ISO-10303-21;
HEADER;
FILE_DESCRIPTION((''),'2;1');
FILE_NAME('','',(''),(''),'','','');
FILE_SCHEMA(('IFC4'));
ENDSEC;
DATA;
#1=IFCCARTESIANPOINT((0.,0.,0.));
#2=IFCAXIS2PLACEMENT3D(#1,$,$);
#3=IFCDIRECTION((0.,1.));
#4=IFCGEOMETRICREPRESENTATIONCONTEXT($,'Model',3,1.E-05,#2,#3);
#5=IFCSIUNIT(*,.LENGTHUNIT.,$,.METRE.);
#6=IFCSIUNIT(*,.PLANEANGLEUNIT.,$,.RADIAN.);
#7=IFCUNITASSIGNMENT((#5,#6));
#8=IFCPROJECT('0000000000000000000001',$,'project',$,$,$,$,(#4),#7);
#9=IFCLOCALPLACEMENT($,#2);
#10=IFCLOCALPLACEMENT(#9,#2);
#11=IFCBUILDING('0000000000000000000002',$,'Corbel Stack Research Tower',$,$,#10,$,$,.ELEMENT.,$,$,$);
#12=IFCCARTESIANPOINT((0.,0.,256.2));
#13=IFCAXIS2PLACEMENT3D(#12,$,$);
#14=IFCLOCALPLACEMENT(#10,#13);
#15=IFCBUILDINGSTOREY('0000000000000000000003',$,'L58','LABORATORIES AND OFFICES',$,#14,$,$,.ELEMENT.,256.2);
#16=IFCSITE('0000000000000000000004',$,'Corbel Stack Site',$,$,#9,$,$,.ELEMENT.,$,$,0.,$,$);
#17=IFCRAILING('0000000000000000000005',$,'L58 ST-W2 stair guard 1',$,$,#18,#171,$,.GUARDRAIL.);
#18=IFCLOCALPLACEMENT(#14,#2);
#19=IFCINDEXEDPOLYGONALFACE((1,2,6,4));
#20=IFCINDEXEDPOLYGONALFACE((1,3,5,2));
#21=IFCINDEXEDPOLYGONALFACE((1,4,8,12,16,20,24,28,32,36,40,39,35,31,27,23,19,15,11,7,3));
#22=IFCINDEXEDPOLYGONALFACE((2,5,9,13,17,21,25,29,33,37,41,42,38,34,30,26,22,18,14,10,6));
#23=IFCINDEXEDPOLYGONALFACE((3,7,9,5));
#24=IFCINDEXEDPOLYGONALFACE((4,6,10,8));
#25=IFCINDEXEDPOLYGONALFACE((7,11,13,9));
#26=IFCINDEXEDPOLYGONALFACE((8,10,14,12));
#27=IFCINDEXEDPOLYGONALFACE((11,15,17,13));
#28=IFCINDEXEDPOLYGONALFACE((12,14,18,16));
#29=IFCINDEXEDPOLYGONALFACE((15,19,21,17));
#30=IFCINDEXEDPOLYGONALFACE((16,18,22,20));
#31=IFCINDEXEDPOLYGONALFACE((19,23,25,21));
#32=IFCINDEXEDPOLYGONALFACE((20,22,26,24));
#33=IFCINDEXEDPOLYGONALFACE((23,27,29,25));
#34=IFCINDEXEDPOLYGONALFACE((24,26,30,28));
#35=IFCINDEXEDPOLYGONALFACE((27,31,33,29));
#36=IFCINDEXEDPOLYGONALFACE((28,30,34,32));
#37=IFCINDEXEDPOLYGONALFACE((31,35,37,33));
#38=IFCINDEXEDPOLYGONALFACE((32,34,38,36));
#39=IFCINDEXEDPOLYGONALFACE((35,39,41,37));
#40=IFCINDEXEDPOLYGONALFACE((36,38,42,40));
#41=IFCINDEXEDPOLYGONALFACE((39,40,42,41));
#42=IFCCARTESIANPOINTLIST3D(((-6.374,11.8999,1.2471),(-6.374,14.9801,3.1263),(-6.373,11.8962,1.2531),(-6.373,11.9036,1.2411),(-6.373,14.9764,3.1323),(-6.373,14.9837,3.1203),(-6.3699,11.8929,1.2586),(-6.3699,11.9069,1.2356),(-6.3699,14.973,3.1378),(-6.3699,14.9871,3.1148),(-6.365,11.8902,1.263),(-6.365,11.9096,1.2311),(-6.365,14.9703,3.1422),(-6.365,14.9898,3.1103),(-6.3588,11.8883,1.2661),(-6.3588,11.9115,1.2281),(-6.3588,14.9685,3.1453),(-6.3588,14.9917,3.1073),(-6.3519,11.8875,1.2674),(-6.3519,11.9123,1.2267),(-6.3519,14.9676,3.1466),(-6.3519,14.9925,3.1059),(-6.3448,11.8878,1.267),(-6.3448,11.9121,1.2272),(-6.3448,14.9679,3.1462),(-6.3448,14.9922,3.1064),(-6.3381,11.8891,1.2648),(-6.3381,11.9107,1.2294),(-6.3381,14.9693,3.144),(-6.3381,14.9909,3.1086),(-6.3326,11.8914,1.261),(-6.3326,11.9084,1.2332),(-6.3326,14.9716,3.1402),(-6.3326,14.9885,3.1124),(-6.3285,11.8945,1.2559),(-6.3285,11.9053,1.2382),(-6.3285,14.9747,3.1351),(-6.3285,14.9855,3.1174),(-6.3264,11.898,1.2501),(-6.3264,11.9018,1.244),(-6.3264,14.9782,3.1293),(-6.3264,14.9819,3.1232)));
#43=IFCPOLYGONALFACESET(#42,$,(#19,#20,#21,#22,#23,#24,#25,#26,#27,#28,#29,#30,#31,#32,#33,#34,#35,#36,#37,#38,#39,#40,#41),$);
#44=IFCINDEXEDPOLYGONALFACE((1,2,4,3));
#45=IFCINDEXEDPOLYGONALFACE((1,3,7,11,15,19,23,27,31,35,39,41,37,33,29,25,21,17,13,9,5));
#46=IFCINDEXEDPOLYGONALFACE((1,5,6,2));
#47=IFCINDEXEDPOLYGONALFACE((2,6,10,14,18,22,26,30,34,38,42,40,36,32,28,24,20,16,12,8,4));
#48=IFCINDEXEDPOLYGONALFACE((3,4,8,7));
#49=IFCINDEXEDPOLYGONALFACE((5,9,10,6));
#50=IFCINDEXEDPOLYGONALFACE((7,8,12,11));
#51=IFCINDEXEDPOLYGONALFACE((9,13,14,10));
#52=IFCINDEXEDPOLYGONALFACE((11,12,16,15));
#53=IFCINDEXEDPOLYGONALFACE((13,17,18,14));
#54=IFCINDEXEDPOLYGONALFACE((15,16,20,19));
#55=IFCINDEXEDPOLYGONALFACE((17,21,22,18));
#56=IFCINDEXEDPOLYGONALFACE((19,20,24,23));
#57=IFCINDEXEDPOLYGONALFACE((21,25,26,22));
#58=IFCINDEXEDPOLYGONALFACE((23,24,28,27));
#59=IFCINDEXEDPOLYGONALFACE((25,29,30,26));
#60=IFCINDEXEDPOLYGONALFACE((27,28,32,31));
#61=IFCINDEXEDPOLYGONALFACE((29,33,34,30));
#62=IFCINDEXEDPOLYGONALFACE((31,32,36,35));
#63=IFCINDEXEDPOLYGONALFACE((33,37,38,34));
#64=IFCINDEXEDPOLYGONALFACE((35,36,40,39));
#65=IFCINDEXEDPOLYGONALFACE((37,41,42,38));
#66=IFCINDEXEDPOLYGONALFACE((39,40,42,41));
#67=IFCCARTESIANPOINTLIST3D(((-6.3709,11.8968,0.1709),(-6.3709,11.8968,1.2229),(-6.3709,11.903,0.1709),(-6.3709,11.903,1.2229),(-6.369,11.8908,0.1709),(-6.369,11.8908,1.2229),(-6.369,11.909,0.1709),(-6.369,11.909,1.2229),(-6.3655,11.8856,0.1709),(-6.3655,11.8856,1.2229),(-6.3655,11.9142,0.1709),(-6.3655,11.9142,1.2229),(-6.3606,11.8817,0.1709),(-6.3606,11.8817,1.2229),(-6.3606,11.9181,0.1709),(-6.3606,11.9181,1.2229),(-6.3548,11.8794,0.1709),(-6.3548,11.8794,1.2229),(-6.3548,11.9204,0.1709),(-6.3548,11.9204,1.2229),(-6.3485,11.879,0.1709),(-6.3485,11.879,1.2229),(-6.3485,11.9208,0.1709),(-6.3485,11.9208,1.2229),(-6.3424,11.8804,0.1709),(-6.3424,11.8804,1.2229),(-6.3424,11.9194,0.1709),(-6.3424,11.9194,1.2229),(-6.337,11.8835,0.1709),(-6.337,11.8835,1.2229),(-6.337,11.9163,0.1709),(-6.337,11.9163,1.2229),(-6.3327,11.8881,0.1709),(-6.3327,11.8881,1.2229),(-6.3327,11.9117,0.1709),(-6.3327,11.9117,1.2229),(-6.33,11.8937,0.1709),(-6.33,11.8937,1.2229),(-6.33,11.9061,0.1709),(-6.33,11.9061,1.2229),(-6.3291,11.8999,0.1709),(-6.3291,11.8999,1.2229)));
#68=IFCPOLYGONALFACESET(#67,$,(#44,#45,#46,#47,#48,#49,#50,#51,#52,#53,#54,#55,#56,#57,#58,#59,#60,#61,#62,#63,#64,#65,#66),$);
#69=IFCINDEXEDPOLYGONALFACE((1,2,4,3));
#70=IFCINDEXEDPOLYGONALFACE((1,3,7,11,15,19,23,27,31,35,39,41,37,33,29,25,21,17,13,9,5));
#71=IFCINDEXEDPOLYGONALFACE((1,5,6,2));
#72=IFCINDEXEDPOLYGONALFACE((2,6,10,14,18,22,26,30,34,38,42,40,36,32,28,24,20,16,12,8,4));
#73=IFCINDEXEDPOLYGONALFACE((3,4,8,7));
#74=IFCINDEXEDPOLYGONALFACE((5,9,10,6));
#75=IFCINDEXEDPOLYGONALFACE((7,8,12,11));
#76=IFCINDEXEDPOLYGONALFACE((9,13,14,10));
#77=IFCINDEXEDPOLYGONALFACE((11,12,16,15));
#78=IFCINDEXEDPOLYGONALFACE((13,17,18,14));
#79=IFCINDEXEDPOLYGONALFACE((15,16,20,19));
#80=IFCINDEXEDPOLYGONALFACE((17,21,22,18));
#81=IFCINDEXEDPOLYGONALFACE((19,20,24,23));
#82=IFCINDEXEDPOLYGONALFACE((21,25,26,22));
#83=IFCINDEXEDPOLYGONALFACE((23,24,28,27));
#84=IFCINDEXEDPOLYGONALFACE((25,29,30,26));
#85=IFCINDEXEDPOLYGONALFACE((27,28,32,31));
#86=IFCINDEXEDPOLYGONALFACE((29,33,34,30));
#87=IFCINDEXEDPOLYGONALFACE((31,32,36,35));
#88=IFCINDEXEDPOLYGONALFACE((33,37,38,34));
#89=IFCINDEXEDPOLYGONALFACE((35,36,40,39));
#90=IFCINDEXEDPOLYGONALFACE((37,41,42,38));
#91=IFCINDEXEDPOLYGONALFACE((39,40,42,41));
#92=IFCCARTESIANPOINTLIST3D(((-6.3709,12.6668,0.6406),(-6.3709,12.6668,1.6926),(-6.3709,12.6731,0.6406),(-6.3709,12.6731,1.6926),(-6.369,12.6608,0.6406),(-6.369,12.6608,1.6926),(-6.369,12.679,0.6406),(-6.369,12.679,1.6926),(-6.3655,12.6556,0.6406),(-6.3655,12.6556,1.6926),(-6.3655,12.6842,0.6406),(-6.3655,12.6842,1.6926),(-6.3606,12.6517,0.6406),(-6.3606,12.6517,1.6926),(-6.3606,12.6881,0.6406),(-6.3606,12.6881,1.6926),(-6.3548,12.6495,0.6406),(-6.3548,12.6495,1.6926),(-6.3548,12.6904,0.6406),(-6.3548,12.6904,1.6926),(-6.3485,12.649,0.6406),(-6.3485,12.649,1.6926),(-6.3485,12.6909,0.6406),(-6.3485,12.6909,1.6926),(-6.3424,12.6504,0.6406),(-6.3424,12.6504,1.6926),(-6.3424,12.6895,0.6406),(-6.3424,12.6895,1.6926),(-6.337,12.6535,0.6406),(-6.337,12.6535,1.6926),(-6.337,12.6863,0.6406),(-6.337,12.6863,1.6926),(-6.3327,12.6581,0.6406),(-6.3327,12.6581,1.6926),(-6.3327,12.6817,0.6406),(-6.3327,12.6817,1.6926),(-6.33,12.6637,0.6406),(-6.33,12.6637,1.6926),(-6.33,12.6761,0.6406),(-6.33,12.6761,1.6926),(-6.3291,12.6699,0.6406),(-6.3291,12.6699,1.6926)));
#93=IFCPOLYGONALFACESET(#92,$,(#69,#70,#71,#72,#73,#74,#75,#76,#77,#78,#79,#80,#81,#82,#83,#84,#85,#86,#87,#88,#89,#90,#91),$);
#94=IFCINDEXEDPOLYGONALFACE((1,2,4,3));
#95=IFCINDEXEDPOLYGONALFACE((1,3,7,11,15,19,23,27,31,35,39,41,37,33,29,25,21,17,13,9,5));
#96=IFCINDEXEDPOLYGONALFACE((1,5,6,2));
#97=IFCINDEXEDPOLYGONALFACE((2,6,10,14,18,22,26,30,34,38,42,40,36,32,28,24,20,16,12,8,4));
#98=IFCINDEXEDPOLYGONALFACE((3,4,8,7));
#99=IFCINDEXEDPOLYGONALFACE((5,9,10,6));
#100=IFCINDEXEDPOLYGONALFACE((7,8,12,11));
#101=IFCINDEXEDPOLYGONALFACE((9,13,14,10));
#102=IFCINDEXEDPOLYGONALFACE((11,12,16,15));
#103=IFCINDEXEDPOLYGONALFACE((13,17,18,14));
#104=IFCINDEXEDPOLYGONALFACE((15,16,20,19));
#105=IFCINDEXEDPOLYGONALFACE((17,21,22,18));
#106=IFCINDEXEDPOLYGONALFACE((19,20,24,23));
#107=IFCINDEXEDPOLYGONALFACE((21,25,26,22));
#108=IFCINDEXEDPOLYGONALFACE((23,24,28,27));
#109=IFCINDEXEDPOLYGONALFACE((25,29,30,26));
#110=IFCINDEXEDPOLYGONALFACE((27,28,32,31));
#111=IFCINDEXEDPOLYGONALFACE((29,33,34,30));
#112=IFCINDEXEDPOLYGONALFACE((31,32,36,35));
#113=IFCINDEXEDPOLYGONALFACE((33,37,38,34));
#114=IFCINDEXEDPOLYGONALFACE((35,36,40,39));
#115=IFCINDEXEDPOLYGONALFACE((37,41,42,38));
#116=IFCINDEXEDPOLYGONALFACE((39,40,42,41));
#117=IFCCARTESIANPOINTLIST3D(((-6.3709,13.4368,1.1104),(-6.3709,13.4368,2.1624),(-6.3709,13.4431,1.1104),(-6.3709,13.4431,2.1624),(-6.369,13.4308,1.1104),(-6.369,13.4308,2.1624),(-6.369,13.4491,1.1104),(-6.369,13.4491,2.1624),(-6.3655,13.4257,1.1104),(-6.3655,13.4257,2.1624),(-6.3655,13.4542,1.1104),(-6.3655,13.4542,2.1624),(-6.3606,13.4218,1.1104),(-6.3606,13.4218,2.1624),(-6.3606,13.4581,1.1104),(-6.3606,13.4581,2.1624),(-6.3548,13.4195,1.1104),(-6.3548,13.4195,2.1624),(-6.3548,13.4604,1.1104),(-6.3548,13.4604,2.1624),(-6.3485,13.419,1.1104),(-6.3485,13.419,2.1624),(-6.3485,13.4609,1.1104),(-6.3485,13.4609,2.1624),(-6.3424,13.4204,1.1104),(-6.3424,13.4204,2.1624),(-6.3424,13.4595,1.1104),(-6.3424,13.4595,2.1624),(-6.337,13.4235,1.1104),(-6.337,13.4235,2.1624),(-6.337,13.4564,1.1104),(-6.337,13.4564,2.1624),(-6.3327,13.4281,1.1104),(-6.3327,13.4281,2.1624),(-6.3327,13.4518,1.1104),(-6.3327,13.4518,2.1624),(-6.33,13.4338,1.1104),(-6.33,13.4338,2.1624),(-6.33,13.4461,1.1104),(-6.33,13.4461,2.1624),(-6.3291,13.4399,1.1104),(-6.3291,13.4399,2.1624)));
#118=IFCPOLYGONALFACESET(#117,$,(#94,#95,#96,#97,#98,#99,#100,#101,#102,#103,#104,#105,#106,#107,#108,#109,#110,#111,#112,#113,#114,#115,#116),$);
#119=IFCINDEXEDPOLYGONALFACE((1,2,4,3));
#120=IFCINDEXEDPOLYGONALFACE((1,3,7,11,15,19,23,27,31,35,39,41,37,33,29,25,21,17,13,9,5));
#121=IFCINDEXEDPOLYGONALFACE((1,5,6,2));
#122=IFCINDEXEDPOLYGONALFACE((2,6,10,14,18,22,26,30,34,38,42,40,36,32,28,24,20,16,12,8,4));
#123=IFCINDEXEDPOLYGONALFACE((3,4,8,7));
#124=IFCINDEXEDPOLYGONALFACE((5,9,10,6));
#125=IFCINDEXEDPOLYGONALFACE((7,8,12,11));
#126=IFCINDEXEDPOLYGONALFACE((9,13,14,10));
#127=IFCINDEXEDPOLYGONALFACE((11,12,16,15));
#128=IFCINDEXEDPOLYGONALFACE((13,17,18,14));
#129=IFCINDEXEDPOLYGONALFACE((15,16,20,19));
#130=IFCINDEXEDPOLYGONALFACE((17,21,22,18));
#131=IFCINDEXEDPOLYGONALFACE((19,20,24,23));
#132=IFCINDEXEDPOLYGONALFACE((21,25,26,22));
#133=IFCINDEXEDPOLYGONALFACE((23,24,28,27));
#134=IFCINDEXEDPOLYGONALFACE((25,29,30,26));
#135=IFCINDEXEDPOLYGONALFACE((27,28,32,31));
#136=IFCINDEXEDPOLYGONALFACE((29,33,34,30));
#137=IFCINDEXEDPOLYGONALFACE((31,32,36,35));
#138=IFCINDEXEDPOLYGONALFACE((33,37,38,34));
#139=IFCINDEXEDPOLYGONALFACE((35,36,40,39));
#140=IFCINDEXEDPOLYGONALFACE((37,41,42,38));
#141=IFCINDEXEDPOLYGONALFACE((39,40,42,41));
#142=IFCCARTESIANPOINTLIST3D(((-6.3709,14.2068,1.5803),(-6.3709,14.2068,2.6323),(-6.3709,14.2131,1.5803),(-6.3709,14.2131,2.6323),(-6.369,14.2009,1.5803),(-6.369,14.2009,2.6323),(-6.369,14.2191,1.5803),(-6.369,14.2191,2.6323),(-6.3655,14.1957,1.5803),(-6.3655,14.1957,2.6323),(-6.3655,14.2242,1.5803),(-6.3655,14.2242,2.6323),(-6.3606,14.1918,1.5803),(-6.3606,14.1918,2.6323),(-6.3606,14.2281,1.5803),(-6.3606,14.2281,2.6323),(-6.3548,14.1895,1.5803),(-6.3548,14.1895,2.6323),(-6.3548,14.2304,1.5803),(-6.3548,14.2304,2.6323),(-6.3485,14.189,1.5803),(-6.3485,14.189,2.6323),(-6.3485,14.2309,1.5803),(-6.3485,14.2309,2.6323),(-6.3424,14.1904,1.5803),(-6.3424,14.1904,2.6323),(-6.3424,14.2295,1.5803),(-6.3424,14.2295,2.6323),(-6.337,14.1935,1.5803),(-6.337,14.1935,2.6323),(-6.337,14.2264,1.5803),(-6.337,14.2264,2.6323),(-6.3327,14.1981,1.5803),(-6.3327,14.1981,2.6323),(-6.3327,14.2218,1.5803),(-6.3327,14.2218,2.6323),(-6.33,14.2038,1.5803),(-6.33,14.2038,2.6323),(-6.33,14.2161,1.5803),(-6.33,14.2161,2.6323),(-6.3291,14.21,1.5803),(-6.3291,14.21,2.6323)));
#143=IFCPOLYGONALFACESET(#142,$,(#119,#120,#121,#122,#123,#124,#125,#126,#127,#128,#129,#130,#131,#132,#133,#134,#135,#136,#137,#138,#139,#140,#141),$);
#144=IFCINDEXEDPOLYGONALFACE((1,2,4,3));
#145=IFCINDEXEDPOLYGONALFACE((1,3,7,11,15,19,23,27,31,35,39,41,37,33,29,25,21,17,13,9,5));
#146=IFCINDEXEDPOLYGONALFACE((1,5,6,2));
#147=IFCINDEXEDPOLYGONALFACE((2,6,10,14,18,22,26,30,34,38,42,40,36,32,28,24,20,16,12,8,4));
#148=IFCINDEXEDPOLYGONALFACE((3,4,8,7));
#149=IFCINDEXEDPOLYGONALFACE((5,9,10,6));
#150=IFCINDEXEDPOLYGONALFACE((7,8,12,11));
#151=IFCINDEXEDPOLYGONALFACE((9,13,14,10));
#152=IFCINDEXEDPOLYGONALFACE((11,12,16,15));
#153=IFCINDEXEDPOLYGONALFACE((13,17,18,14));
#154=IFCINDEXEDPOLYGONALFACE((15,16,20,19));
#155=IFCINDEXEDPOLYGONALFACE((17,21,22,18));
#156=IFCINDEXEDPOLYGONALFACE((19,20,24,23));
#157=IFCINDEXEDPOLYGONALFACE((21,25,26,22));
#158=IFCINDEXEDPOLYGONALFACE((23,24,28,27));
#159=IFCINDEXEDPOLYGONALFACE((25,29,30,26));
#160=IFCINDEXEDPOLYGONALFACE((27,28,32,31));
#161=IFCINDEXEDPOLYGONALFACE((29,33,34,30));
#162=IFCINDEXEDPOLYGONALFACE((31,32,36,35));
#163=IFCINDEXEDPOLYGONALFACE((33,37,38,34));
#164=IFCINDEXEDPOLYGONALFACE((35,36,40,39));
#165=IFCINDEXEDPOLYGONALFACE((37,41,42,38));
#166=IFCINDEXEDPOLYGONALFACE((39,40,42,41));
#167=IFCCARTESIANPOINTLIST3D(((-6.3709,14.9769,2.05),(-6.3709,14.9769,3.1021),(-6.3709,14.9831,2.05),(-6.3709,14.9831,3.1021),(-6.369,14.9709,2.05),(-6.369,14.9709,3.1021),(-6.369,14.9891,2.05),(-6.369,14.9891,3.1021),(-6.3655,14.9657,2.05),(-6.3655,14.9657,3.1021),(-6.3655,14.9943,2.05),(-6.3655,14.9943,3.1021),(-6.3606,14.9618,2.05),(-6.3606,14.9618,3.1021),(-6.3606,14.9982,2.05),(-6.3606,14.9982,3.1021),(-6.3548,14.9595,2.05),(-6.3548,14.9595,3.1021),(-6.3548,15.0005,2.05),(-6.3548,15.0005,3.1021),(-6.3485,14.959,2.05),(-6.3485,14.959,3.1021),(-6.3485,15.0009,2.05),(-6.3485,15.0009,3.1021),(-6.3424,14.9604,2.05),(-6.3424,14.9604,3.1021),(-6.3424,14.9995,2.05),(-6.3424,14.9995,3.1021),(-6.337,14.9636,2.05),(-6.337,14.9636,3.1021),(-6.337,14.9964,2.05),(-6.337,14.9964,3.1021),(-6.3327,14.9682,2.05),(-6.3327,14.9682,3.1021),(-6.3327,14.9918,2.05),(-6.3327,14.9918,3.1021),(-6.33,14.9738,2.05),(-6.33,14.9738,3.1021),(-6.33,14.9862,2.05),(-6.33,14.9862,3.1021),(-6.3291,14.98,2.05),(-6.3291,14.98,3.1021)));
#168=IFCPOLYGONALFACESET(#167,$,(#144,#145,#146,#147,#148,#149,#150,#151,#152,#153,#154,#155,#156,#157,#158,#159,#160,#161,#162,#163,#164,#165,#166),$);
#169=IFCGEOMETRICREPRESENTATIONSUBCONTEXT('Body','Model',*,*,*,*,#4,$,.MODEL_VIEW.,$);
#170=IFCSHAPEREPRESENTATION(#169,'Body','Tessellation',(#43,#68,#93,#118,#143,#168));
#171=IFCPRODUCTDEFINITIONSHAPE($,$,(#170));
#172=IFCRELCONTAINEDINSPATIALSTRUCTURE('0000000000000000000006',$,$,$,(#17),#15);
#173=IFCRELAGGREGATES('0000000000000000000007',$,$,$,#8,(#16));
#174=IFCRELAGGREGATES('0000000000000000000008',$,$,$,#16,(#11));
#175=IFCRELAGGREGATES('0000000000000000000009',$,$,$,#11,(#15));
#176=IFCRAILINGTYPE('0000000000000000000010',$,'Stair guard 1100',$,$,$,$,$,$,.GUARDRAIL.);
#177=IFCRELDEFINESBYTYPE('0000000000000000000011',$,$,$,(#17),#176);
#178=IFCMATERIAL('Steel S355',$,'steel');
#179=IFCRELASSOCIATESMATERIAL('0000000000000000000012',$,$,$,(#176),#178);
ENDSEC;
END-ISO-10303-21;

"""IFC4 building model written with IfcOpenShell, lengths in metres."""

from ifc_helpers import new_model, si_unit, direction, frame, origin, origin_2d, place, context, subcontext, project, spatial, circle, extrude, material, type_object, element, save


model = new_model("IFC4")

# Units and contexts
model_context = context("Model", 3, precision=1e-05, world=origin(), true_north=direction((0.0, 1.0)))
body_context = subcontext(model_context, "Body", "Model", "MODEL_VIEW")
ifc_project = project(units=[si_unit("LENGTHUNIT", "METRE"), si_unit("PLANEANGLEUNIT", "RADIAN")], contexts=[model_context])

# Site, building, storey
site_placement = place(None, origin())
site = spatial("IfcSite", under=ifc_project, at=site_placement, Name="Corbel Stack Site", CompositionType="ELEMENT", RefElevation=0.0)
building_placement = place(site_placement, origin())
building = spatial("IfcBuilding", under=site, at=building_placement, Name="Corbel Stack Research Tower", CompositionType="ELEMENT")
storey_placement = place(building_placement, frame((0.0, 0.0, 256.2)))
storey = spatial("IfcBuildingStorey", under=building, at=storey_placement, Name="L58", Description="LABORATORIES AND OFFICES", CompositionType="ELEMENT", Elevation=256.2)

# Railing
ifc_material_1 = material(Name="Steel S355", Category="steel")
railing_type_1 = type_object("IfcRailingType", Name="Stair guard 1100", PredefinedType="GUARDRAIL", material=ifc_material_1)
railing_1_placement = place(storey_placement, frame((-6.3501, 11.8999, 0.1709)))
element("IfcRailing", 1, at=railing_1_placement, inside=storey, type_object=railing_type_1, Name="L58 ST-W2 stair guard 1", PredefinedType="GUARDRAIL", context=body_context, shape_type="SweptSolid", body=[
    extrude(circle(Radius=0.0239, at=origin_2d()), frame((0.0, 0.0, 1.0762), z_axis=(0.0, 0.853666, 0.52082), x_axis=(-1.0, 0.0, 0.0)), (0.0, 0.0, 1.0), 3.6082),
    extrude(circle(Radius=0.021, at=origin_2d()), origin(), (0.0, 0.0, 1.0), 1.052),
    extrude(circle(Radius=0.021, at=origin_2d()), frame((0.0, 0.77, 0.4697)), (0.0, 0.0, 1.0), 1.052),
    extrude(circle(Radius=0.021, at=origin_2d()), frame((0.0, 1.54, 0.9395)), (0.0, 0.0, 1.0), 1.052),
    extrude(circle(Radius=0.021, at=origin_2d()), frame((0.0, 2.3101, 1.4094)), (0.0, 0.0, 1.0), 1.052),
    extrude(circle(Radius=0.021, at=origin_2d()), frame((0.0, 3.0801, 1.8792)), (0.0, 0.0, 1.0), 1.052),
])

save(model, "model.ifc")
